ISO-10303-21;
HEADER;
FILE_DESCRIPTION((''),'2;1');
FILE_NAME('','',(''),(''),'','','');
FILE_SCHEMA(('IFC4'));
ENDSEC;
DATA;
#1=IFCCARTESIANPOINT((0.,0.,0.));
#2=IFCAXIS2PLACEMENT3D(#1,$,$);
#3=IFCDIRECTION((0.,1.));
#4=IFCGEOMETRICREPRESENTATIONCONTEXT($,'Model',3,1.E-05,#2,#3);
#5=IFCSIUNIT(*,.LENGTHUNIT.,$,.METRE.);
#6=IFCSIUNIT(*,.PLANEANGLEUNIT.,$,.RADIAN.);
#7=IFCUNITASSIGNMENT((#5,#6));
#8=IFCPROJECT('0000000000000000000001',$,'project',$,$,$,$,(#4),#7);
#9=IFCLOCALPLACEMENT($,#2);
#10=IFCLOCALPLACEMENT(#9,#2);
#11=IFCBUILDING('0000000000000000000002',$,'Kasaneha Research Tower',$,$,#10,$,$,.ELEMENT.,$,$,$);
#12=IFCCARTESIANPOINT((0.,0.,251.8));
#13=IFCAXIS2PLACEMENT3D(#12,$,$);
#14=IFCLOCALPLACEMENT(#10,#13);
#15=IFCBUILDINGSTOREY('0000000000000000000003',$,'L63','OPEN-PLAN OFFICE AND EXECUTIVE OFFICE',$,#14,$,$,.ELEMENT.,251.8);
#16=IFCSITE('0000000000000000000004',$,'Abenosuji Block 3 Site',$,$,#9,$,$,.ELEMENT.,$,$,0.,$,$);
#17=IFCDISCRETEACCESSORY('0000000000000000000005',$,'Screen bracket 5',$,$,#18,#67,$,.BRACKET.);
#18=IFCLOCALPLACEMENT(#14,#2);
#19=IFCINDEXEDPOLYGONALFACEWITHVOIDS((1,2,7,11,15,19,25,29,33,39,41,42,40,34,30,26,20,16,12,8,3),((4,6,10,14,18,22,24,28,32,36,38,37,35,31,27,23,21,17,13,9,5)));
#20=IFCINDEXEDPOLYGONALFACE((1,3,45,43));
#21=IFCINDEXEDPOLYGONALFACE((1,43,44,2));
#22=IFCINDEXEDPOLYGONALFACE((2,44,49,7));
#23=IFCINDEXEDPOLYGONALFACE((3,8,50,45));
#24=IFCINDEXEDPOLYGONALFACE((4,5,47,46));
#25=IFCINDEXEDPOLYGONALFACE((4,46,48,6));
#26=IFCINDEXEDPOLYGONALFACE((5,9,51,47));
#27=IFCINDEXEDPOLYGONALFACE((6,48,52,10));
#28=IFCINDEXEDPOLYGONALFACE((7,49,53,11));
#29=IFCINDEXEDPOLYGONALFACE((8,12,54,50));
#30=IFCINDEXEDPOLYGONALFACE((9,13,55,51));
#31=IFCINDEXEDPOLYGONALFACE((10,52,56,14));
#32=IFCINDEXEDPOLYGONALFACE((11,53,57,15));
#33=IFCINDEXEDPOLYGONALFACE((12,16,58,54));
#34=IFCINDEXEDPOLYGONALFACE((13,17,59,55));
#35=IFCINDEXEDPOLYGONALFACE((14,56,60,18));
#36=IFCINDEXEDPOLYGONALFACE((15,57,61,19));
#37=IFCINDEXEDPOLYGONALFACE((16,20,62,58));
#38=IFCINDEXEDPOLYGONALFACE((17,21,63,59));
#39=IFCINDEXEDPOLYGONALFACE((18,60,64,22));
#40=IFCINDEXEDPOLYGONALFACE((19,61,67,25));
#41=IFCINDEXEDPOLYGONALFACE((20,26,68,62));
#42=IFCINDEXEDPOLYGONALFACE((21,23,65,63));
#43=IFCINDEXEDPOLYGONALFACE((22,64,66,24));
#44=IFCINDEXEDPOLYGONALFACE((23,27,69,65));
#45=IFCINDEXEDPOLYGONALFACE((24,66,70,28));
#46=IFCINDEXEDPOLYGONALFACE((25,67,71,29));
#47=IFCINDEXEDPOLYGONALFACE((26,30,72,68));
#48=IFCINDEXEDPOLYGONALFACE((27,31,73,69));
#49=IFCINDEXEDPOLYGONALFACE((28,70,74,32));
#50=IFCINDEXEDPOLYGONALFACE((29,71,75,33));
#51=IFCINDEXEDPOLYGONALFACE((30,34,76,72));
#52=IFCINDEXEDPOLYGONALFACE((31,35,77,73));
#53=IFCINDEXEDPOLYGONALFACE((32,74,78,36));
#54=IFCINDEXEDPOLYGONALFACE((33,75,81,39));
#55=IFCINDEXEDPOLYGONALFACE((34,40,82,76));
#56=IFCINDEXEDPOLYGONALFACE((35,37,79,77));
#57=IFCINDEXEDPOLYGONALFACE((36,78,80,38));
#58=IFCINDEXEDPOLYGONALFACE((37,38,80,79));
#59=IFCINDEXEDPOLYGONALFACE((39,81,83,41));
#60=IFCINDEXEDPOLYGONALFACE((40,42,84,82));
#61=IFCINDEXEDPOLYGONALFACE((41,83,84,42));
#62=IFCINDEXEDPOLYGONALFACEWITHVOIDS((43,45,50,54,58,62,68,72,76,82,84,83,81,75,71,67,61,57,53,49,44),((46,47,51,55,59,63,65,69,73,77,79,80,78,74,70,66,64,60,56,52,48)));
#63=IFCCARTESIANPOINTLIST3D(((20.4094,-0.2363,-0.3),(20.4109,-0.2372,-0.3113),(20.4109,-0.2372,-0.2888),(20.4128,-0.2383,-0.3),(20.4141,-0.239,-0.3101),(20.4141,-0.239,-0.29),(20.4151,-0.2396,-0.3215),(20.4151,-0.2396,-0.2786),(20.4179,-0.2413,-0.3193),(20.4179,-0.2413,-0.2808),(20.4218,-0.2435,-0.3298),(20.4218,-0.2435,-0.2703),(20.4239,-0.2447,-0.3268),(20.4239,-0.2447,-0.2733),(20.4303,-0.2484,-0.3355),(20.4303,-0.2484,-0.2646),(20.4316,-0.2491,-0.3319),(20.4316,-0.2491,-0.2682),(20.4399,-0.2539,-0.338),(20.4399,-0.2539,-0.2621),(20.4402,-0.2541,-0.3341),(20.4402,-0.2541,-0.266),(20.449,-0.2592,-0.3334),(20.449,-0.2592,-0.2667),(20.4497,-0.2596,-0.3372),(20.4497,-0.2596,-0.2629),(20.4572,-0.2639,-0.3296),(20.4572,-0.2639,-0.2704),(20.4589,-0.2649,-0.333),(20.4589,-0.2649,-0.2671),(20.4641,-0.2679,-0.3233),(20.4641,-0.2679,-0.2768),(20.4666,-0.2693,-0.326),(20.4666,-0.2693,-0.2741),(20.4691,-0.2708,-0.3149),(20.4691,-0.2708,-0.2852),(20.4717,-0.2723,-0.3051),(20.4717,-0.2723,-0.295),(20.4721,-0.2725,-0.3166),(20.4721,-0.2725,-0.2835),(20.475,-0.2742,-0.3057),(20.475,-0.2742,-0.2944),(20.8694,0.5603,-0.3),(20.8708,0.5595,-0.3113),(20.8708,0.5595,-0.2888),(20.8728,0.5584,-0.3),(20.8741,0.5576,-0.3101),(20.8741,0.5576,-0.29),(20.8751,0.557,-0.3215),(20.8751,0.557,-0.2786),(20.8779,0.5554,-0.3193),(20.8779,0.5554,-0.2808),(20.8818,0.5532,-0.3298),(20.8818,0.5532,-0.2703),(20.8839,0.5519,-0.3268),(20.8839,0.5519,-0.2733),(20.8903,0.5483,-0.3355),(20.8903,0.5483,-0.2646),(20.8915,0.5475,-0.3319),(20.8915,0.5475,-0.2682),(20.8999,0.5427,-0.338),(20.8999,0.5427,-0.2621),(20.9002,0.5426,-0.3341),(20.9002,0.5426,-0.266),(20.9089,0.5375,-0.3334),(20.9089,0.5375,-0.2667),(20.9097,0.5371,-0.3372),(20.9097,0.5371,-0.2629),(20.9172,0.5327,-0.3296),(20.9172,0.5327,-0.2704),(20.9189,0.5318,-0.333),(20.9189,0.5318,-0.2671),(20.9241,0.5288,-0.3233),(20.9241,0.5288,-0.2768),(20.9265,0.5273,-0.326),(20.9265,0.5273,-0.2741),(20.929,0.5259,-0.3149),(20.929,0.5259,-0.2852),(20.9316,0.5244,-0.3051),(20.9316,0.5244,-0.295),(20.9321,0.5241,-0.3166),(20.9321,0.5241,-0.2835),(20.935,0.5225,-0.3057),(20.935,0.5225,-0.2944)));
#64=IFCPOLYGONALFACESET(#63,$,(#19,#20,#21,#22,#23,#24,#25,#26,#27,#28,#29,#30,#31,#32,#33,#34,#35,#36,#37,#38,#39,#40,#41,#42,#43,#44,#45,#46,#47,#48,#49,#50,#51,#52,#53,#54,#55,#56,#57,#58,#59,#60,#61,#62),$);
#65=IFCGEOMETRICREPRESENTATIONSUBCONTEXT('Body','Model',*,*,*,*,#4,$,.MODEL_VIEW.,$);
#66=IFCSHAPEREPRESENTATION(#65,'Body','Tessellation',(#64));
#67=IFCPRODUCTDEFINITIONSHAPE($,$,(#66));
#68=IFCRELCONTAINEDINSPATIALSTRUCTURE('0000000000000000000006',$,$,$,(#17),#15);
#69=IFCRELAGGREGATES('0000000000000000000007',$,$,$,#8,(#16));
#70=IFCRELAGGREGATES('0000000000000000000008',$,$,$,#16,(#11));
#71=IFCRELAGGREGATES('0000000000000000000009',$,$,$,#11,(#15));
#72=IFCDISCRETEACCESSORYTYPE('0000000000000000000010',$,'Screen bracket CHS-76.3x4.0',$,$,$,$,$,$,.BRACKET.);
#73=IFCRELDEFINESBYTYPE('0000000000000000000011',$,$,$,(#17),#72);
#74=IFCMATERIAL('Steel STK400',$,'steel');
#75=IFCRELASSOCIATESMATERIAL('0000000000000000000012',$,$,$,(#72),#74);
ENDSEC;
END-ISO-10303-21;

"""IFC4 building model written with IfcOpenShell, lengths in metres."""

from ifc_helpers import new_model, si_unit, direction, frame, origin, origin_2d, place, context, subcontext, project, spatial, hollow_circle, extrude, material, material_profile, profile_set, type_object, element, save


model = new_model("IFC4")

# Units and contexts
model_context = context("Model", 3, precision=1e-05, world=origin(), true_north=direction((0.0, 1.0)))
body_context = subcontext(model_context, "Body", "Model", "MODEL_VIEW")
ifc_project = project(units=[si_unit("LENGTHUNIT", "METRE"), si_unit("PLANEANGLEUNIT", "RADIAN")], contexts=[model_context])

# Site, building, storey
site_placement = place(None, origin())
site = spatial("IfcSite", under=ifc_project, at=site_placement, Name="Abenosuji Block 3 Site", CompositionType="ELEMENT", RefElevation=0.0)
building_placement = place(site_placement, origin())
building = spatial("IfcBuilding", under=site, at=building_placement, Name="Kasaneha Research Tower", CompositionType="ELEMENT")
storey_placement = place(building_placement, frame((0.0, 0.0, 251.8)))
storey = spatial("IfcBuildingStorey", under=building, at=storey_placement, Name="L63", Description="OPEN-PLAN OFFICE AND EXECUTIVE OFFICE", CompositionType="ELEMENT", Elevation=251.8)

# Discrete accessory
ifc_material_1 = material(Name="Steel STK400", Category="steel")
ifc_material_profile_1 = material_profile(ifc_material_1, hollow_circle(Radius=0.0381, WallThickness=0.0039, at=origin_2d()), Name="CHS-76.3x4.0")
ifc_profile_set_1 = profile_set([ifc_material_profile_1], Name="Steel STK400")
discrete_accessory_type = type_object("IfcDiscreteAccessoryType", Name="Screen bracket CHS-76.3x4.0", PredefinedType="BRACKET", material=ifc_profile_set_1)
discrete_accessory_1_placement = place(storey_placement, frame((20.4424, -0.2554, -0.3), z_axis=(0.500021, 0.866013, 0.0), x_axis=(-0.866013, 0.500021, 0.0)))
element("IfcDiscreteAccessory", 1, at=discrete_accessory_1_placement, inside=storey, type_object=discrete_accessory_type, Name="Screen bracket 5", PredefinedType="BRACKET", context=body_context, shape_type="SweptSolid", body=[
    extrude(hollow_circle(Radius=0.0381, WallThickness=0.0039, at=origin_2d()), origin(), (0.0, 0.0, 1.0), 0.9199),
])

save(model, "model.ifc")
